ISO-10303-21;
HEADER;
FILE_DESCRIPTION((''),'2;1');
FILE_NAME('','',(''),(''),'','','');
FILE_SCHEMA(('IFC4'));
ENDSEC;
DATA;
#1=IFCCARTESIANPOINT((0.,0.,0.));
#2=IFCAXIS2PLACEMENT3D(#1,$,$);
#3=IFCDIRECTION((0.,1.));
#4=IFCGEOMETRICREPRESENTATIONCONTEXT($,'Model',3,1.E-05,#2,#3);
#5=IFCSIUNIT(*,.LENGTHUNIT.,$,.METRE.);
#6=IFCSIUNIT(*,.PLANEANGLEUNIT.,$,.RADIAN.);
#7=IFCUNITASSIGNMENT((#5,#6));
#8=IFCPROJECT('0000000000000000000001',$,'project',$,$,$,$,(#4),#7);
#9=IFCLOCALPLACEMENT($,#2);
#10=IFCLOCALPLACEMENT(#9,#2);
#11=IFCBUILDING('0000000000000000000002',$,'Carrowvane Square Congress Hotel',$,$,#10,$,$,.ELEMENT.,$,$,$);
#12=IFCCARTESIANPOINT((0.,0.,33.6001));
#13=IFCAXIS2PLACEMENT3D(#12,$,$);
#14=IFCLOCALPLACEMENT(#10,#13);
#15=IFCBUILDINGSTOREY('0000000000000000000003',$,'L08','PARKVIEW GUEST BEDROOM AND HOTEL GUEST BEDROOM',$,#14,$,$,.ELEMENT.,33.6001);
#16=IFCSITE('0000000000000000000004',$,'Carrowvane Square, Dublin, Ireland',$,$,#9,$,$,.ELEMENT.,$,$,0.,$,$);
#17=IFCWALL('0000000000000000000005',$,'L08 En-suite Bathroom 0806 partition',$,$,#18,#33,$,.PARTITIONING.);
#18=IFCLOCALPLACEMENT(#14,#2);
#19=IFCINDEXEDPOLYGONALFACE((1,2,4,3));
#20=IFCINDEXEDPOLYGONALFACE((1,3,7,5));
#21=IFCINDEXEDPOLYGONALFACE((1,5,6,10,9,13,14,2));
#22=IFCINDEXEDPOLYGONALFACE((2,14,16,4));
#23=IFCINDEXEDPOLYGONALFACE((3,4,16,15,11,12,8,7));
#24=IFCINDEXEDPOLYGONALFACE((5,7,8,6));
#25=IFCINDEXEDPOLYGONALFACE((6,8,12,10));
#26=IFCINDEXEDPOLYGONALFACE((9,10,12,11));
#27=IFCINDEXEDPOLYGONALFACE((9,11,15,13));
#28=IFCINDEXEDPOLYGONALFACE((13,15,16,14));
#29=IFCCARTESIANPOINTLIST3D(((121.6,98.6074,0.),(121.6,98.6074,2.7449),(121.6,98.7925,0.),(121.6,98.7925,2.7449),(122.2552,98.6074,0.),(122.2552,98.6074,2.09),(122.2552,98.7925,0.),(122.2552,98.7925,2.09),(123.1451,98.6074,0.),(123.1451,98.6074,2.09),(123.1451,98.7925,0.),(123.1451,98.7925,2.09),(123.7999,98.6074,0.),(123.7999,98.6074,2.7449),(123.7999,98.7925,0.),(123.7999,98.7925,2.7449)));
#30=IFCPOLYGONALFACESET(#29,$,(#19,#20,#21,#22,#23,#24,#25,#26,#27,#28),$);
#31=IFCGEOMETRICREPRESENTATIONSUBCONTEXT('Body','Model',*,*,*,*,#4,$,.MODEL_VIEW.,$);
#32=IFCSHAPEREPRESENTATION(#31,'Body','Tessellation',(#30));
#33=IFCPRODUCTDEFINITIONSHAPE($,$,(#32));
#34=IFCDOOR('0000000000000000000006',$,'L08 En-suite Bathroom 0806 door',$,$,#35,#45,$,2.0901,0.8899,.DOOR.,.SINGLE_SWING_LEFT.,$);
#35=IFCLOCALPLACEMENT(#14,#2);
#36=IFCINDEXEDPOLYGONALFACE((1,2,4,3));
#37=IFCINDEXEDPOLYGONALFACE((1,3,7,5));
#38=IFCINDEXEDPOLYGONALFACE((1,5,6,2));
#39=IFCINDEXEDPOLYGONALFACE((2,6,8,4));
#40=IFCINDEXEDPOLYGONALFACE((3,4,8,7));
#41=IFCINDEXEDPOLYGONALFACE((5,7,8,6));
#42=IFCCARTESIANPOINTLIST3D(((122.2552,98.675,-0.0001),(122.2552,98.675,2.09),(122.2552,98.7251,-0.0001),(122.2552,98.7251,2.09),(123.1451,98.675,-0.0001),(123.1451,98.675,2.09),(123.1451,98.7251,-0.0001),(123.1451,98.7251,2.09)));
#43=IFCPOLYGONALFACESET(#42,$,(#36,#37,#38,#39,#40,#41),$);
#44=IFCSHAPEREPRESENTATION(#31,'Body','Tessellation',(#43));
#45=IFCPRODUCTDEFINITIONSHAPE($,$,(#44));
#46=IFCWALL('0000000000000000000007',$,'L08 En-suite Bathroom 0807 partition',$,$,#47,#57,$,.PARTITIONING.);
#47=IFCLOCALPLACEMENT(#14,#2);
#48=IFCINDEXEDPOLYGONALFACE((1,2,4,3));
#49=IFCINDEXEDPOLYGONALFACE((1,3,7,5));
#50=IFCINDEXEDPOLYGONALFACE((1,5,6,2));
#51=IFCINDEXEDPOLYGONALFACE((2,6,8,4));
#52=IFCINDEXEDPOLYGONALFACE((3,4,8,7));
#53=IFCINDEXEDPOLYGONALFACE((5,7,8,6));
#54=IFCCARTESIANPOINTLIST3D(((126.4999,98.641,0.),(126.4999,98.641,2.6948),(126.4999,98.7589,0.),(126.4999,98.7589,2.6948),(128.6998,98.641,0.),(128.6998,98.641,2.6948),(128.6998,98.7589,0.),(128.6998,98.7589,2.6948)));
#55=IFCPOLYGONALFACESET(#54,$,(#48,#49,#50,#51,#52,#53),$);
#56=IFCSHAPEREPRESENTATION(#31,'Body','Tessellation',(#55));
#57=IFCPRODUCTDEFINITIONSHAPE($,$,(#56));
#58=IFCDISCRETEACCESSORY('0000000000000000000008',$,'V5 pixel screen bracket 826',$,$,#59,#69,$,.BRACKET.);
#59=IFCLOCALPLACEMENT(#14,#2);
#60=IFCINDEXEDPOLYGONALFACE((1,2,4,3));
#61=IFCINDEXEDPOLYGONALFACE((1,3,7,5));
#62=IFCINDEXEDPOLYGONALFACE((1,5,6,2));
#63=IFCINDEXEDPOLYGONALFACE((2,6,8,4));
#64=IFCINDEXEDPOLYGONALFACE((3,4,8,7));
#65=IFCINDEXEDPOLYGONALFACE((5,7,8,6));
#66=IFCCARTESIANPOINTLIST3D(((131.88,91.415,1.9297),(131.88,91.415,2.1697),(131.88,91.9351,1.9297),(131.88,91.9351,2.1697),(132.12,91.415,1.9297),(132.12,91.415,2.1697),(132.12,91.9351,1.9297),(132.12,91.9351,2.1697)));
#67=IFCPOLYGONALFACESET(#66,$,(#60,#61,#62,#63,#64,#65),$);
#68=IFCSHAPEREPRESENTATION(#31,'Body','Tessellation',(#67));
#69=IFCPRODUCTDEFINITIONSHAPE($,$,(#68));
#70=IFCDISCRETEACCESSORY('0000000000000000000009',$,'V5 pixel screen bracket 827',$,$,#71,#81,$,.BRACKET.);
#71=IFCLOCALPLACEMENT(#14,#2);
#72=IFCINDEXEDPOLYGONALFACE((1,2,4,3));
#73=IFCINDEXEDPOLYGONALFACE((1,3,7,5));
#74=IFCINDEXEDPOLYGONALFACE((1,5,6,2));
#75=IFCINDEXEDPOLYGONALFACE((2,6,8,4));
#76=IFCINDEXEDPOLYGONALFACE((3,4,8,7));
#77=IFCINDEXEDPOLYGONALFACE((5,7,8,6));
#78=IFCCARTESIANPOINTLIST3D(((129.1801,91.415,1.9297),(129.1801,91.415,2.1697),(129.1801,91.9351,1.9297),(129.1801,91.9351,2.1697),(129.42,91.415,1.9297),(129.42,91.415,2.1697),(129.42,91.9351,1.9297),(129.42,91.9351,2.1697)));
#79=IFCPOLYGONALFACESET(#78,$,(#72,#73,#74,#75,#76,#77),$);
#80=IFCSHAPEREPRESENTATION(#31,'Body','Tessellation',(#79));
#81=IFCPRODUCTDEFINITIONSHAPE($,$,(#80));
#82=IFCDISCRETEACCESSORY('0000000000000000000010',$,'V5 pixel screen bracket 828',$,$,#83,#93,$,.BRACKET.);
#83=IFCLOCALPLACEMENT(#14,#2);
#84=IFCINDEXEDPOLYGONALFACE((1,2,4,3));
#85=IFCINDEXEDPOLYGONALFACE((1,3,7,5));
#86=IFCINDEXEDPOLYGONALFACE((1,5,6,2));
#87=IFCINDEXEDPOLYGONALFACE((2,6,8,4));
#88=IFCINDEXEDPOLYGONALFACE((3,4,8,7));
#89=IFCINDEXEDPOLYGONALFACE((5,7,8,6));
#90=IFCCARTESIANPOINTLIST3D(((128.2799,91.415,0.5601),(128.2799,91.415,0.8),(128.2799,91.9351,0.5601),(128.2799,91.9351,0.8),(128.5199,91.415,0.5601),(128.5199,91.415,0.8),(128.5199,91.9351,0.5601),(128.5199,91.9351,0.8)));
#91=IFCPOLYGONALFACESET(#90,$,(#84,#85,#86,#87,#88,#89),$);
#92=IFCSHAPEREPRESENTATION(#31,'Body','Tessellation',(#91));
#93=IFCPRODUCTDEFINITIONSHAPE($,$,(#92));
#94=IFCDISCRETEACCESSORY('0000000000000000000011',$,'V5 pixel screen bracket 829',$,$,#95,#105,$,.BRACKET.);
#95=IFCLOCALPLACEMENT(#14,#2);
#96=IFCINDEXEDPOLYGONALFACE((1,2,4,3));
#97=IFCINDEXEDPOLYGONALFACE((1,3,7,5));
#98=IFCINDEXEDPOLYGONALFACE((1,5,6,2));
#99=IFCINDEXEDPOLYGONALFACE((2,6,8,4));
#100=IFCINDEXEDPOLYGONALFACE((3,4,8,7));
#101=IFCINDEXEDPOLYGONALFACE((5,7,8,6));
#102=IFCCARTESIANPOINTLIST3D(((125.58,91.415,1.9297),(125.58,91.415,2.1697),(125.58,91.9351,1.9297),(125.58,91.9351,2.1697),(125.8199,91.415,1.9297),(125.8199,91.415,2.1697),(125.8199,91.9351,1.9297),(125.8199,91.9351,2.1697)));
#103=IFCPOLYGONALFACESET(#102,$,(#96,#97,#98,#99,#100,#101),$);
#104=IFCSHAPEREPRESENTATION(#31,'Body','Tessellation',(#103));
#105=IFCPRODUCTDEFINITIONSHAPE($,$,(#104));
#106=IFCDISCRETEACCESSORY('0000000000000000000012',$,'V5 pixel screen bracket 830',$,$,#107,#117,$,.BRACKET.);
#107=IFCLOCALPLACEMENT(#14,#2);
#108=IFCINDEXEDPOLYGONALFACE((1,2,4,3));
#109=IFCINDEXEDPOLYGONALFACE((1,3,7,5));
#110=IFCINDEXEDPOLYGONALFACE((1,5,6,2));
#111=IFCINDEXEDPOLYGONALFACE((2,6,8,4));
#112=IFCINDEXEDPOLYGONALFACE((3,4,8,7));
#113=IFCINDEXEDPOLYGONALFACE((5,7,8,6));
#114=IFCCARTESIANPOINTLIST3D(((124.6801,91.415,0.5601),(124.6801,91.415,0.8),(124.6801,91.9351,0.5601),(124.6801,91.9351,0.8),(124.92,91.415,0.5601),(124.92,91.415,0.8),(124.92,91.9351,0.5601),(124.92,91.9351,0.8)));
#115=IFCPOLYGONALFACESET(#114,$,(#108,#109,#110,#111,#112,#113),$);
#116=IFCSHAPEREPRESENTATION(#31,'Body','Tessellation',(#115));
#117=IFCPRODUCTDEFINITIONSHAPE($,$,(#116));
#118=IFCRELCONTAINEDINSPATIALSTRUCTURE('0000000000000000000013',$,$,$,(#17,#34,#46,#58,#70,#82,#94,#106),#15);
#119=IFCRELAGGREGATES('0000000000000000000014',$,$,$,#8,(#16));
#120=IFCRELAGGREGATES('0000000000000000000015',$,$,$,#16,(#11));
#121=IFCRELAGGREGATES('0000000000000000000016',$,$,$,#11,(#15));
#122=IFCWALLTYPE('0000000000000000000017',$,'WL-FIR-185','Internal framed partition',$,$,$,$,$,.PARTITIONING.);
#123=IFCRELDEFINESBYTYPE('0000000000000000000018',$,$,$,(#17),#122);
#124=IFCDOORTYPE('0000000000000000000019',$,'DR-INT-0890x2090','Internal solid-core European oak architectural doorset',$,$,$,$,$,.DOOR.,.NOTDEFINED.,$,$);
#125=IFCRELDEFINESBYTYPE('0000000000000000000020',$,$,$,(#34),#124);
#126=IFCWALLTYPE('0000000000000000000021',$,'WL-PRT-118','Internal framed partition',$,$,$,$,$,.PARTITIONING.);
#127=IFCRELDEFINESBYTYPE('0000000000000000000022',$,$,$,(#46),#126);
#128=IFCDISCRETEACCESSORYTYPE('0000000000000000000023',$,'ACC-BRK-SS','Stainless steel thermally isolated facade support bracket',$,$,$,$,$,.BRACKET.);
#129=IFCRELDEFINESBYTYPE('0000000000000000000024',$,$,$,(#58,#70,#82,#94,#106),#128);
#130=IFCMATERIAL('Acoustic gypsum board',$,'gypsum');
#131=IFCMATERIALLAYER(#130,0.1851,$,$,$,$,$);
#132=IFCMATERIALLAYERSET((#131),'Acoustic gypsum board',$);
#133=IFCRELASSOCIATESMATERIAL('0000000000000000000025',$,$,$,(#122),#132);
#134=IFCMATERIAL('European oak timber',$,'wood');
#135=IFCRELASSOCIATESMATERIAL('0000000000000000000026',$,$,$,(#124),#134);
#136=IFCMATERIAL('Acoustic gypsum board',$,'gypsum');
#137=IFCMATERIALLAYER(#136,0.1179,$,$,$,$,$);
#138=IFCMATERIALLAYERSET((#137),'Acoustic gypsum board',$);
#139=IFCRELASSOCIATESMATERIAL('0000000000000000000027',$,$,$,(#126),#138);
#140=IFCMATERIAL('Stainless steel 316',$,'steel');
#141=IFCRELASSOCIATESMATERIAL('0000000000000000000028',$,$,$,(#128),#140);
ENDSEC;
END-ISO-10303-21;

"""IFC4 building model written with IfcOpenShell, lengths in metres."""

from ifc_helpers import new_model, si_unit, direction, frame, frame_2d, origin, origin_2d, place, context, subcontext, project, spatial, rectangle, extrude, material, layer, layer_set, type_object, element, fill, save


model = new_model("IFC4")

# Units and contexts
model_context = context("Model", 3, precision=1e-05, world=origin(), true_north=direction((0.0, 1.0)))
body_context = subcontext(model_context, "Body", "Model", "MODEL_VIEW")
ifc_project = project(units=[si_unit("LENGTHUNIT", "METRE"), si_unit("PLANEANGLEUNIT", "RADIAN")], contexts=[model_context])

# Site, building, storey
site_placement = place(None, origin())
site = spatial("IfcSite", under=ifc_project, at=site_placement, Name="Carrowvane Square, Dublin, Ireland", CompositionType="ELEMENT", RefElevation=0.0)
building_placement = place(site_placement, origin())
building = spatial("IfcBuilding", under=site, at=building_placement, Name="Carrowvane Square Congress Hotel", CompositionType="ELEMENT")
storey_placement = place(building_placement, frame((0.0, 0.0, 33.6001)))
storey = spatial("IfcBuildingStorey", under=building, at=storey_placement, Name="L08", Description="PARKVIEW GUEST BEDROOM AND HOTEL GUEST BEDROOM", CompositionType="ELEMENT", Elevation=33.6001)

# Wall, opening, door
ifc_material_1 = material(Name="Acoustic gypsum board", Category="gypsum")
ifc_layer_1 = layer(ifc_material_1, 0.1851)
ifc_layer_set_1 = layer_set([ifc_layer_1], Name="Acoustic gypsum board")
wall_type_1 = type_object("IfcWallType", Name="WL-FIR-185", Description="Internal framed partition", PredefinedType="PARTITIONING", material=ifc_layer_set_1)
wall_1_placement = place(storey_placement, frame((123.8, 98.7, 0.0), z_axis=(0.0, 0.0, 1.0), x_axis=(-1.0, 0.0, 0.0)))
wall_1 = element("IfcWall", 1, at=wall_1_placement, inside=storey, type_object=wall_type_1, Name="L08 En-suite Bathroom 0806 partition", PredefinedType="PARTITIONING", context=body_context, shape_type="SweptSolid", body=[
    extrude(rectangle(XDim=2.2, YDim=0.1851, at=frame_2d((1.1001, 0.0))), origin(), (0.0, 0.0, 1.0), 2.7449),
])
opening_1_placement = place(wall_1_placement, frame((0.655, 0.0, 0.0)))
opening_1 = element("IfcOpeningElement", 2, at=opening_1_placement, cuts=wall_1, PredefinedType="OPENING", context=body_context, shape_type="SweptSolid", body=[
    extrude(rectangle(XDim=0.8899, YDim=2.0901, at=frame_2d((0.4448, 1.0449))), frame((0.0, 0.1025, 0.0), z_axis=(0.0, -1.0, 0.0), x_axis=(1.0, 0.0, 0.0)), (0.0, 0.0, 1.0), 0.2051),
])
ifc_material_2 = material(Name="European oak timber", Category="wood")
door_type = type_object("IfcDoorType", Name="DR-INT-0890x2090", Description="Internal solid-core European oak architectural doorset", OperationType="NOTDEFINED", PredefinedType="DOOR", material=ifc_material_2)
door_placement = place(opening_1_placement, origin())
door = element("IfcDoor", 3, at=door_placement, inside=storey, type_object=door_type, Name="L08 En-suite Bathroom 0806 door", OperationType="SINGLE_SWING_LEFT", OverallHeight=2.0901, OverallWidth=0.8899, PredefinedType="DOOR", context=body_context, shape_type="SweptSolid", body=[
    extrude(rectangle(XDim=0.8899, YDim=2.0901, at=frame_2d((0.4448, 1.0449))), frame((0.0, 0.0249, 0.0), z_axis=(0.0, -1.0, 0.0), x_axis=(1.0, 0.0, 0.0)), (0.0, 0.0, 1.0), 0.05),
])
fill(opening_1, door)

# Wall
ifc_material_3 = material(Name="Acoustic gypsum board", Category="gypsum")
ifc_layer_2 = layer(ifc_material_3, 0.1179)
ifc_layer_set_2 = layer_set([ifc_layer_2], Name="Acoustic gypsum board")
wall_type_2 = type_object("IfcWallType", Name="WL-PRT-118", Description="Internal framed partition", PredefinedType="PARTITIONING", material=ifc_layer_set_2)
wall_2_placement = place(storey_placement, frame((128.7, 98.7, 0.0), z_axis=(0.0, 0.0, 1.0), x_axis=(-1.0, 0.0, 0.0)))
element("IfcWall", 4, at=wall_2_placement, inside=storey, type_object=wall_type_2, Name="L08 En-suite Bathroom 0807 partition", PredefinedType="PARTITIONING", context=body_context, shape_type="SweptSolid", body=[
    extrude(rectangle(XDim=2.2, YDim=0.1179, at=frame_2d((1.1001, 0.0))), origin(), (0.0, 0.0, 1.0), 2.6948),
])

# Discrete accessories
ifc_material_4 = material(Name="Stainless steel 316", Category="steel")
discrete_accessory_type = type_object("IfcDiscreteAccessoryType", Name="ACC-BRK-SS", Description="Stainless steel thermally isolated facade support bracket", PredefinedType="BRACKET", material=ifc_material_4)
for number, where, z_axis, x_axis, name in (
    (5, (132.0, 91.675, 1.9297), (0.0, 0.0, 1.0), (-1.0, 0.0, 0.0), "V5 pixel screen bracket 826"),
    (6, (129.3, 91.675, 1.9297), (0.0, 0.0, 1.0), (-1.0, 0.0, 0.0), "V5 pixel screen bracket 827"),
    (7, (128.3999, 91.675, 0.5601), (0.0, 0.0, 1.0), (-1.0, 0.0, 0.0), "V5 pixel screen bracket 828"),
    (8, (125.7, 91.675, 1.9297), (0.0, 0.0, 1.0), (-1.0, 0.0, 0.0), "V5 pixel screen bracket 829"),
    (9, (124.8, 91.675, 0.5601), (0.0, 0.0, 1.0), (-1.0, 0.0, 0.0), "V5 pixel screen bracket 830"),
):
    element("IfcDiscreteAccessory", number, at=place(storey_placement, frame(where, z_axis=z_axis, x_axis=x_axis)), inside=storey, type_object=discrete_accessory_type, Name=name, PredefinedType="BRACKET", context=body_context, shape_type="SweptSolid", body=[
        extrude(rectangle(XDim=0.24, YDim=0.52, at=origin_2d()), origin(), (0.0, 0.0, 1.0), 0.24),
    ])

save(model, "model.ifc")
